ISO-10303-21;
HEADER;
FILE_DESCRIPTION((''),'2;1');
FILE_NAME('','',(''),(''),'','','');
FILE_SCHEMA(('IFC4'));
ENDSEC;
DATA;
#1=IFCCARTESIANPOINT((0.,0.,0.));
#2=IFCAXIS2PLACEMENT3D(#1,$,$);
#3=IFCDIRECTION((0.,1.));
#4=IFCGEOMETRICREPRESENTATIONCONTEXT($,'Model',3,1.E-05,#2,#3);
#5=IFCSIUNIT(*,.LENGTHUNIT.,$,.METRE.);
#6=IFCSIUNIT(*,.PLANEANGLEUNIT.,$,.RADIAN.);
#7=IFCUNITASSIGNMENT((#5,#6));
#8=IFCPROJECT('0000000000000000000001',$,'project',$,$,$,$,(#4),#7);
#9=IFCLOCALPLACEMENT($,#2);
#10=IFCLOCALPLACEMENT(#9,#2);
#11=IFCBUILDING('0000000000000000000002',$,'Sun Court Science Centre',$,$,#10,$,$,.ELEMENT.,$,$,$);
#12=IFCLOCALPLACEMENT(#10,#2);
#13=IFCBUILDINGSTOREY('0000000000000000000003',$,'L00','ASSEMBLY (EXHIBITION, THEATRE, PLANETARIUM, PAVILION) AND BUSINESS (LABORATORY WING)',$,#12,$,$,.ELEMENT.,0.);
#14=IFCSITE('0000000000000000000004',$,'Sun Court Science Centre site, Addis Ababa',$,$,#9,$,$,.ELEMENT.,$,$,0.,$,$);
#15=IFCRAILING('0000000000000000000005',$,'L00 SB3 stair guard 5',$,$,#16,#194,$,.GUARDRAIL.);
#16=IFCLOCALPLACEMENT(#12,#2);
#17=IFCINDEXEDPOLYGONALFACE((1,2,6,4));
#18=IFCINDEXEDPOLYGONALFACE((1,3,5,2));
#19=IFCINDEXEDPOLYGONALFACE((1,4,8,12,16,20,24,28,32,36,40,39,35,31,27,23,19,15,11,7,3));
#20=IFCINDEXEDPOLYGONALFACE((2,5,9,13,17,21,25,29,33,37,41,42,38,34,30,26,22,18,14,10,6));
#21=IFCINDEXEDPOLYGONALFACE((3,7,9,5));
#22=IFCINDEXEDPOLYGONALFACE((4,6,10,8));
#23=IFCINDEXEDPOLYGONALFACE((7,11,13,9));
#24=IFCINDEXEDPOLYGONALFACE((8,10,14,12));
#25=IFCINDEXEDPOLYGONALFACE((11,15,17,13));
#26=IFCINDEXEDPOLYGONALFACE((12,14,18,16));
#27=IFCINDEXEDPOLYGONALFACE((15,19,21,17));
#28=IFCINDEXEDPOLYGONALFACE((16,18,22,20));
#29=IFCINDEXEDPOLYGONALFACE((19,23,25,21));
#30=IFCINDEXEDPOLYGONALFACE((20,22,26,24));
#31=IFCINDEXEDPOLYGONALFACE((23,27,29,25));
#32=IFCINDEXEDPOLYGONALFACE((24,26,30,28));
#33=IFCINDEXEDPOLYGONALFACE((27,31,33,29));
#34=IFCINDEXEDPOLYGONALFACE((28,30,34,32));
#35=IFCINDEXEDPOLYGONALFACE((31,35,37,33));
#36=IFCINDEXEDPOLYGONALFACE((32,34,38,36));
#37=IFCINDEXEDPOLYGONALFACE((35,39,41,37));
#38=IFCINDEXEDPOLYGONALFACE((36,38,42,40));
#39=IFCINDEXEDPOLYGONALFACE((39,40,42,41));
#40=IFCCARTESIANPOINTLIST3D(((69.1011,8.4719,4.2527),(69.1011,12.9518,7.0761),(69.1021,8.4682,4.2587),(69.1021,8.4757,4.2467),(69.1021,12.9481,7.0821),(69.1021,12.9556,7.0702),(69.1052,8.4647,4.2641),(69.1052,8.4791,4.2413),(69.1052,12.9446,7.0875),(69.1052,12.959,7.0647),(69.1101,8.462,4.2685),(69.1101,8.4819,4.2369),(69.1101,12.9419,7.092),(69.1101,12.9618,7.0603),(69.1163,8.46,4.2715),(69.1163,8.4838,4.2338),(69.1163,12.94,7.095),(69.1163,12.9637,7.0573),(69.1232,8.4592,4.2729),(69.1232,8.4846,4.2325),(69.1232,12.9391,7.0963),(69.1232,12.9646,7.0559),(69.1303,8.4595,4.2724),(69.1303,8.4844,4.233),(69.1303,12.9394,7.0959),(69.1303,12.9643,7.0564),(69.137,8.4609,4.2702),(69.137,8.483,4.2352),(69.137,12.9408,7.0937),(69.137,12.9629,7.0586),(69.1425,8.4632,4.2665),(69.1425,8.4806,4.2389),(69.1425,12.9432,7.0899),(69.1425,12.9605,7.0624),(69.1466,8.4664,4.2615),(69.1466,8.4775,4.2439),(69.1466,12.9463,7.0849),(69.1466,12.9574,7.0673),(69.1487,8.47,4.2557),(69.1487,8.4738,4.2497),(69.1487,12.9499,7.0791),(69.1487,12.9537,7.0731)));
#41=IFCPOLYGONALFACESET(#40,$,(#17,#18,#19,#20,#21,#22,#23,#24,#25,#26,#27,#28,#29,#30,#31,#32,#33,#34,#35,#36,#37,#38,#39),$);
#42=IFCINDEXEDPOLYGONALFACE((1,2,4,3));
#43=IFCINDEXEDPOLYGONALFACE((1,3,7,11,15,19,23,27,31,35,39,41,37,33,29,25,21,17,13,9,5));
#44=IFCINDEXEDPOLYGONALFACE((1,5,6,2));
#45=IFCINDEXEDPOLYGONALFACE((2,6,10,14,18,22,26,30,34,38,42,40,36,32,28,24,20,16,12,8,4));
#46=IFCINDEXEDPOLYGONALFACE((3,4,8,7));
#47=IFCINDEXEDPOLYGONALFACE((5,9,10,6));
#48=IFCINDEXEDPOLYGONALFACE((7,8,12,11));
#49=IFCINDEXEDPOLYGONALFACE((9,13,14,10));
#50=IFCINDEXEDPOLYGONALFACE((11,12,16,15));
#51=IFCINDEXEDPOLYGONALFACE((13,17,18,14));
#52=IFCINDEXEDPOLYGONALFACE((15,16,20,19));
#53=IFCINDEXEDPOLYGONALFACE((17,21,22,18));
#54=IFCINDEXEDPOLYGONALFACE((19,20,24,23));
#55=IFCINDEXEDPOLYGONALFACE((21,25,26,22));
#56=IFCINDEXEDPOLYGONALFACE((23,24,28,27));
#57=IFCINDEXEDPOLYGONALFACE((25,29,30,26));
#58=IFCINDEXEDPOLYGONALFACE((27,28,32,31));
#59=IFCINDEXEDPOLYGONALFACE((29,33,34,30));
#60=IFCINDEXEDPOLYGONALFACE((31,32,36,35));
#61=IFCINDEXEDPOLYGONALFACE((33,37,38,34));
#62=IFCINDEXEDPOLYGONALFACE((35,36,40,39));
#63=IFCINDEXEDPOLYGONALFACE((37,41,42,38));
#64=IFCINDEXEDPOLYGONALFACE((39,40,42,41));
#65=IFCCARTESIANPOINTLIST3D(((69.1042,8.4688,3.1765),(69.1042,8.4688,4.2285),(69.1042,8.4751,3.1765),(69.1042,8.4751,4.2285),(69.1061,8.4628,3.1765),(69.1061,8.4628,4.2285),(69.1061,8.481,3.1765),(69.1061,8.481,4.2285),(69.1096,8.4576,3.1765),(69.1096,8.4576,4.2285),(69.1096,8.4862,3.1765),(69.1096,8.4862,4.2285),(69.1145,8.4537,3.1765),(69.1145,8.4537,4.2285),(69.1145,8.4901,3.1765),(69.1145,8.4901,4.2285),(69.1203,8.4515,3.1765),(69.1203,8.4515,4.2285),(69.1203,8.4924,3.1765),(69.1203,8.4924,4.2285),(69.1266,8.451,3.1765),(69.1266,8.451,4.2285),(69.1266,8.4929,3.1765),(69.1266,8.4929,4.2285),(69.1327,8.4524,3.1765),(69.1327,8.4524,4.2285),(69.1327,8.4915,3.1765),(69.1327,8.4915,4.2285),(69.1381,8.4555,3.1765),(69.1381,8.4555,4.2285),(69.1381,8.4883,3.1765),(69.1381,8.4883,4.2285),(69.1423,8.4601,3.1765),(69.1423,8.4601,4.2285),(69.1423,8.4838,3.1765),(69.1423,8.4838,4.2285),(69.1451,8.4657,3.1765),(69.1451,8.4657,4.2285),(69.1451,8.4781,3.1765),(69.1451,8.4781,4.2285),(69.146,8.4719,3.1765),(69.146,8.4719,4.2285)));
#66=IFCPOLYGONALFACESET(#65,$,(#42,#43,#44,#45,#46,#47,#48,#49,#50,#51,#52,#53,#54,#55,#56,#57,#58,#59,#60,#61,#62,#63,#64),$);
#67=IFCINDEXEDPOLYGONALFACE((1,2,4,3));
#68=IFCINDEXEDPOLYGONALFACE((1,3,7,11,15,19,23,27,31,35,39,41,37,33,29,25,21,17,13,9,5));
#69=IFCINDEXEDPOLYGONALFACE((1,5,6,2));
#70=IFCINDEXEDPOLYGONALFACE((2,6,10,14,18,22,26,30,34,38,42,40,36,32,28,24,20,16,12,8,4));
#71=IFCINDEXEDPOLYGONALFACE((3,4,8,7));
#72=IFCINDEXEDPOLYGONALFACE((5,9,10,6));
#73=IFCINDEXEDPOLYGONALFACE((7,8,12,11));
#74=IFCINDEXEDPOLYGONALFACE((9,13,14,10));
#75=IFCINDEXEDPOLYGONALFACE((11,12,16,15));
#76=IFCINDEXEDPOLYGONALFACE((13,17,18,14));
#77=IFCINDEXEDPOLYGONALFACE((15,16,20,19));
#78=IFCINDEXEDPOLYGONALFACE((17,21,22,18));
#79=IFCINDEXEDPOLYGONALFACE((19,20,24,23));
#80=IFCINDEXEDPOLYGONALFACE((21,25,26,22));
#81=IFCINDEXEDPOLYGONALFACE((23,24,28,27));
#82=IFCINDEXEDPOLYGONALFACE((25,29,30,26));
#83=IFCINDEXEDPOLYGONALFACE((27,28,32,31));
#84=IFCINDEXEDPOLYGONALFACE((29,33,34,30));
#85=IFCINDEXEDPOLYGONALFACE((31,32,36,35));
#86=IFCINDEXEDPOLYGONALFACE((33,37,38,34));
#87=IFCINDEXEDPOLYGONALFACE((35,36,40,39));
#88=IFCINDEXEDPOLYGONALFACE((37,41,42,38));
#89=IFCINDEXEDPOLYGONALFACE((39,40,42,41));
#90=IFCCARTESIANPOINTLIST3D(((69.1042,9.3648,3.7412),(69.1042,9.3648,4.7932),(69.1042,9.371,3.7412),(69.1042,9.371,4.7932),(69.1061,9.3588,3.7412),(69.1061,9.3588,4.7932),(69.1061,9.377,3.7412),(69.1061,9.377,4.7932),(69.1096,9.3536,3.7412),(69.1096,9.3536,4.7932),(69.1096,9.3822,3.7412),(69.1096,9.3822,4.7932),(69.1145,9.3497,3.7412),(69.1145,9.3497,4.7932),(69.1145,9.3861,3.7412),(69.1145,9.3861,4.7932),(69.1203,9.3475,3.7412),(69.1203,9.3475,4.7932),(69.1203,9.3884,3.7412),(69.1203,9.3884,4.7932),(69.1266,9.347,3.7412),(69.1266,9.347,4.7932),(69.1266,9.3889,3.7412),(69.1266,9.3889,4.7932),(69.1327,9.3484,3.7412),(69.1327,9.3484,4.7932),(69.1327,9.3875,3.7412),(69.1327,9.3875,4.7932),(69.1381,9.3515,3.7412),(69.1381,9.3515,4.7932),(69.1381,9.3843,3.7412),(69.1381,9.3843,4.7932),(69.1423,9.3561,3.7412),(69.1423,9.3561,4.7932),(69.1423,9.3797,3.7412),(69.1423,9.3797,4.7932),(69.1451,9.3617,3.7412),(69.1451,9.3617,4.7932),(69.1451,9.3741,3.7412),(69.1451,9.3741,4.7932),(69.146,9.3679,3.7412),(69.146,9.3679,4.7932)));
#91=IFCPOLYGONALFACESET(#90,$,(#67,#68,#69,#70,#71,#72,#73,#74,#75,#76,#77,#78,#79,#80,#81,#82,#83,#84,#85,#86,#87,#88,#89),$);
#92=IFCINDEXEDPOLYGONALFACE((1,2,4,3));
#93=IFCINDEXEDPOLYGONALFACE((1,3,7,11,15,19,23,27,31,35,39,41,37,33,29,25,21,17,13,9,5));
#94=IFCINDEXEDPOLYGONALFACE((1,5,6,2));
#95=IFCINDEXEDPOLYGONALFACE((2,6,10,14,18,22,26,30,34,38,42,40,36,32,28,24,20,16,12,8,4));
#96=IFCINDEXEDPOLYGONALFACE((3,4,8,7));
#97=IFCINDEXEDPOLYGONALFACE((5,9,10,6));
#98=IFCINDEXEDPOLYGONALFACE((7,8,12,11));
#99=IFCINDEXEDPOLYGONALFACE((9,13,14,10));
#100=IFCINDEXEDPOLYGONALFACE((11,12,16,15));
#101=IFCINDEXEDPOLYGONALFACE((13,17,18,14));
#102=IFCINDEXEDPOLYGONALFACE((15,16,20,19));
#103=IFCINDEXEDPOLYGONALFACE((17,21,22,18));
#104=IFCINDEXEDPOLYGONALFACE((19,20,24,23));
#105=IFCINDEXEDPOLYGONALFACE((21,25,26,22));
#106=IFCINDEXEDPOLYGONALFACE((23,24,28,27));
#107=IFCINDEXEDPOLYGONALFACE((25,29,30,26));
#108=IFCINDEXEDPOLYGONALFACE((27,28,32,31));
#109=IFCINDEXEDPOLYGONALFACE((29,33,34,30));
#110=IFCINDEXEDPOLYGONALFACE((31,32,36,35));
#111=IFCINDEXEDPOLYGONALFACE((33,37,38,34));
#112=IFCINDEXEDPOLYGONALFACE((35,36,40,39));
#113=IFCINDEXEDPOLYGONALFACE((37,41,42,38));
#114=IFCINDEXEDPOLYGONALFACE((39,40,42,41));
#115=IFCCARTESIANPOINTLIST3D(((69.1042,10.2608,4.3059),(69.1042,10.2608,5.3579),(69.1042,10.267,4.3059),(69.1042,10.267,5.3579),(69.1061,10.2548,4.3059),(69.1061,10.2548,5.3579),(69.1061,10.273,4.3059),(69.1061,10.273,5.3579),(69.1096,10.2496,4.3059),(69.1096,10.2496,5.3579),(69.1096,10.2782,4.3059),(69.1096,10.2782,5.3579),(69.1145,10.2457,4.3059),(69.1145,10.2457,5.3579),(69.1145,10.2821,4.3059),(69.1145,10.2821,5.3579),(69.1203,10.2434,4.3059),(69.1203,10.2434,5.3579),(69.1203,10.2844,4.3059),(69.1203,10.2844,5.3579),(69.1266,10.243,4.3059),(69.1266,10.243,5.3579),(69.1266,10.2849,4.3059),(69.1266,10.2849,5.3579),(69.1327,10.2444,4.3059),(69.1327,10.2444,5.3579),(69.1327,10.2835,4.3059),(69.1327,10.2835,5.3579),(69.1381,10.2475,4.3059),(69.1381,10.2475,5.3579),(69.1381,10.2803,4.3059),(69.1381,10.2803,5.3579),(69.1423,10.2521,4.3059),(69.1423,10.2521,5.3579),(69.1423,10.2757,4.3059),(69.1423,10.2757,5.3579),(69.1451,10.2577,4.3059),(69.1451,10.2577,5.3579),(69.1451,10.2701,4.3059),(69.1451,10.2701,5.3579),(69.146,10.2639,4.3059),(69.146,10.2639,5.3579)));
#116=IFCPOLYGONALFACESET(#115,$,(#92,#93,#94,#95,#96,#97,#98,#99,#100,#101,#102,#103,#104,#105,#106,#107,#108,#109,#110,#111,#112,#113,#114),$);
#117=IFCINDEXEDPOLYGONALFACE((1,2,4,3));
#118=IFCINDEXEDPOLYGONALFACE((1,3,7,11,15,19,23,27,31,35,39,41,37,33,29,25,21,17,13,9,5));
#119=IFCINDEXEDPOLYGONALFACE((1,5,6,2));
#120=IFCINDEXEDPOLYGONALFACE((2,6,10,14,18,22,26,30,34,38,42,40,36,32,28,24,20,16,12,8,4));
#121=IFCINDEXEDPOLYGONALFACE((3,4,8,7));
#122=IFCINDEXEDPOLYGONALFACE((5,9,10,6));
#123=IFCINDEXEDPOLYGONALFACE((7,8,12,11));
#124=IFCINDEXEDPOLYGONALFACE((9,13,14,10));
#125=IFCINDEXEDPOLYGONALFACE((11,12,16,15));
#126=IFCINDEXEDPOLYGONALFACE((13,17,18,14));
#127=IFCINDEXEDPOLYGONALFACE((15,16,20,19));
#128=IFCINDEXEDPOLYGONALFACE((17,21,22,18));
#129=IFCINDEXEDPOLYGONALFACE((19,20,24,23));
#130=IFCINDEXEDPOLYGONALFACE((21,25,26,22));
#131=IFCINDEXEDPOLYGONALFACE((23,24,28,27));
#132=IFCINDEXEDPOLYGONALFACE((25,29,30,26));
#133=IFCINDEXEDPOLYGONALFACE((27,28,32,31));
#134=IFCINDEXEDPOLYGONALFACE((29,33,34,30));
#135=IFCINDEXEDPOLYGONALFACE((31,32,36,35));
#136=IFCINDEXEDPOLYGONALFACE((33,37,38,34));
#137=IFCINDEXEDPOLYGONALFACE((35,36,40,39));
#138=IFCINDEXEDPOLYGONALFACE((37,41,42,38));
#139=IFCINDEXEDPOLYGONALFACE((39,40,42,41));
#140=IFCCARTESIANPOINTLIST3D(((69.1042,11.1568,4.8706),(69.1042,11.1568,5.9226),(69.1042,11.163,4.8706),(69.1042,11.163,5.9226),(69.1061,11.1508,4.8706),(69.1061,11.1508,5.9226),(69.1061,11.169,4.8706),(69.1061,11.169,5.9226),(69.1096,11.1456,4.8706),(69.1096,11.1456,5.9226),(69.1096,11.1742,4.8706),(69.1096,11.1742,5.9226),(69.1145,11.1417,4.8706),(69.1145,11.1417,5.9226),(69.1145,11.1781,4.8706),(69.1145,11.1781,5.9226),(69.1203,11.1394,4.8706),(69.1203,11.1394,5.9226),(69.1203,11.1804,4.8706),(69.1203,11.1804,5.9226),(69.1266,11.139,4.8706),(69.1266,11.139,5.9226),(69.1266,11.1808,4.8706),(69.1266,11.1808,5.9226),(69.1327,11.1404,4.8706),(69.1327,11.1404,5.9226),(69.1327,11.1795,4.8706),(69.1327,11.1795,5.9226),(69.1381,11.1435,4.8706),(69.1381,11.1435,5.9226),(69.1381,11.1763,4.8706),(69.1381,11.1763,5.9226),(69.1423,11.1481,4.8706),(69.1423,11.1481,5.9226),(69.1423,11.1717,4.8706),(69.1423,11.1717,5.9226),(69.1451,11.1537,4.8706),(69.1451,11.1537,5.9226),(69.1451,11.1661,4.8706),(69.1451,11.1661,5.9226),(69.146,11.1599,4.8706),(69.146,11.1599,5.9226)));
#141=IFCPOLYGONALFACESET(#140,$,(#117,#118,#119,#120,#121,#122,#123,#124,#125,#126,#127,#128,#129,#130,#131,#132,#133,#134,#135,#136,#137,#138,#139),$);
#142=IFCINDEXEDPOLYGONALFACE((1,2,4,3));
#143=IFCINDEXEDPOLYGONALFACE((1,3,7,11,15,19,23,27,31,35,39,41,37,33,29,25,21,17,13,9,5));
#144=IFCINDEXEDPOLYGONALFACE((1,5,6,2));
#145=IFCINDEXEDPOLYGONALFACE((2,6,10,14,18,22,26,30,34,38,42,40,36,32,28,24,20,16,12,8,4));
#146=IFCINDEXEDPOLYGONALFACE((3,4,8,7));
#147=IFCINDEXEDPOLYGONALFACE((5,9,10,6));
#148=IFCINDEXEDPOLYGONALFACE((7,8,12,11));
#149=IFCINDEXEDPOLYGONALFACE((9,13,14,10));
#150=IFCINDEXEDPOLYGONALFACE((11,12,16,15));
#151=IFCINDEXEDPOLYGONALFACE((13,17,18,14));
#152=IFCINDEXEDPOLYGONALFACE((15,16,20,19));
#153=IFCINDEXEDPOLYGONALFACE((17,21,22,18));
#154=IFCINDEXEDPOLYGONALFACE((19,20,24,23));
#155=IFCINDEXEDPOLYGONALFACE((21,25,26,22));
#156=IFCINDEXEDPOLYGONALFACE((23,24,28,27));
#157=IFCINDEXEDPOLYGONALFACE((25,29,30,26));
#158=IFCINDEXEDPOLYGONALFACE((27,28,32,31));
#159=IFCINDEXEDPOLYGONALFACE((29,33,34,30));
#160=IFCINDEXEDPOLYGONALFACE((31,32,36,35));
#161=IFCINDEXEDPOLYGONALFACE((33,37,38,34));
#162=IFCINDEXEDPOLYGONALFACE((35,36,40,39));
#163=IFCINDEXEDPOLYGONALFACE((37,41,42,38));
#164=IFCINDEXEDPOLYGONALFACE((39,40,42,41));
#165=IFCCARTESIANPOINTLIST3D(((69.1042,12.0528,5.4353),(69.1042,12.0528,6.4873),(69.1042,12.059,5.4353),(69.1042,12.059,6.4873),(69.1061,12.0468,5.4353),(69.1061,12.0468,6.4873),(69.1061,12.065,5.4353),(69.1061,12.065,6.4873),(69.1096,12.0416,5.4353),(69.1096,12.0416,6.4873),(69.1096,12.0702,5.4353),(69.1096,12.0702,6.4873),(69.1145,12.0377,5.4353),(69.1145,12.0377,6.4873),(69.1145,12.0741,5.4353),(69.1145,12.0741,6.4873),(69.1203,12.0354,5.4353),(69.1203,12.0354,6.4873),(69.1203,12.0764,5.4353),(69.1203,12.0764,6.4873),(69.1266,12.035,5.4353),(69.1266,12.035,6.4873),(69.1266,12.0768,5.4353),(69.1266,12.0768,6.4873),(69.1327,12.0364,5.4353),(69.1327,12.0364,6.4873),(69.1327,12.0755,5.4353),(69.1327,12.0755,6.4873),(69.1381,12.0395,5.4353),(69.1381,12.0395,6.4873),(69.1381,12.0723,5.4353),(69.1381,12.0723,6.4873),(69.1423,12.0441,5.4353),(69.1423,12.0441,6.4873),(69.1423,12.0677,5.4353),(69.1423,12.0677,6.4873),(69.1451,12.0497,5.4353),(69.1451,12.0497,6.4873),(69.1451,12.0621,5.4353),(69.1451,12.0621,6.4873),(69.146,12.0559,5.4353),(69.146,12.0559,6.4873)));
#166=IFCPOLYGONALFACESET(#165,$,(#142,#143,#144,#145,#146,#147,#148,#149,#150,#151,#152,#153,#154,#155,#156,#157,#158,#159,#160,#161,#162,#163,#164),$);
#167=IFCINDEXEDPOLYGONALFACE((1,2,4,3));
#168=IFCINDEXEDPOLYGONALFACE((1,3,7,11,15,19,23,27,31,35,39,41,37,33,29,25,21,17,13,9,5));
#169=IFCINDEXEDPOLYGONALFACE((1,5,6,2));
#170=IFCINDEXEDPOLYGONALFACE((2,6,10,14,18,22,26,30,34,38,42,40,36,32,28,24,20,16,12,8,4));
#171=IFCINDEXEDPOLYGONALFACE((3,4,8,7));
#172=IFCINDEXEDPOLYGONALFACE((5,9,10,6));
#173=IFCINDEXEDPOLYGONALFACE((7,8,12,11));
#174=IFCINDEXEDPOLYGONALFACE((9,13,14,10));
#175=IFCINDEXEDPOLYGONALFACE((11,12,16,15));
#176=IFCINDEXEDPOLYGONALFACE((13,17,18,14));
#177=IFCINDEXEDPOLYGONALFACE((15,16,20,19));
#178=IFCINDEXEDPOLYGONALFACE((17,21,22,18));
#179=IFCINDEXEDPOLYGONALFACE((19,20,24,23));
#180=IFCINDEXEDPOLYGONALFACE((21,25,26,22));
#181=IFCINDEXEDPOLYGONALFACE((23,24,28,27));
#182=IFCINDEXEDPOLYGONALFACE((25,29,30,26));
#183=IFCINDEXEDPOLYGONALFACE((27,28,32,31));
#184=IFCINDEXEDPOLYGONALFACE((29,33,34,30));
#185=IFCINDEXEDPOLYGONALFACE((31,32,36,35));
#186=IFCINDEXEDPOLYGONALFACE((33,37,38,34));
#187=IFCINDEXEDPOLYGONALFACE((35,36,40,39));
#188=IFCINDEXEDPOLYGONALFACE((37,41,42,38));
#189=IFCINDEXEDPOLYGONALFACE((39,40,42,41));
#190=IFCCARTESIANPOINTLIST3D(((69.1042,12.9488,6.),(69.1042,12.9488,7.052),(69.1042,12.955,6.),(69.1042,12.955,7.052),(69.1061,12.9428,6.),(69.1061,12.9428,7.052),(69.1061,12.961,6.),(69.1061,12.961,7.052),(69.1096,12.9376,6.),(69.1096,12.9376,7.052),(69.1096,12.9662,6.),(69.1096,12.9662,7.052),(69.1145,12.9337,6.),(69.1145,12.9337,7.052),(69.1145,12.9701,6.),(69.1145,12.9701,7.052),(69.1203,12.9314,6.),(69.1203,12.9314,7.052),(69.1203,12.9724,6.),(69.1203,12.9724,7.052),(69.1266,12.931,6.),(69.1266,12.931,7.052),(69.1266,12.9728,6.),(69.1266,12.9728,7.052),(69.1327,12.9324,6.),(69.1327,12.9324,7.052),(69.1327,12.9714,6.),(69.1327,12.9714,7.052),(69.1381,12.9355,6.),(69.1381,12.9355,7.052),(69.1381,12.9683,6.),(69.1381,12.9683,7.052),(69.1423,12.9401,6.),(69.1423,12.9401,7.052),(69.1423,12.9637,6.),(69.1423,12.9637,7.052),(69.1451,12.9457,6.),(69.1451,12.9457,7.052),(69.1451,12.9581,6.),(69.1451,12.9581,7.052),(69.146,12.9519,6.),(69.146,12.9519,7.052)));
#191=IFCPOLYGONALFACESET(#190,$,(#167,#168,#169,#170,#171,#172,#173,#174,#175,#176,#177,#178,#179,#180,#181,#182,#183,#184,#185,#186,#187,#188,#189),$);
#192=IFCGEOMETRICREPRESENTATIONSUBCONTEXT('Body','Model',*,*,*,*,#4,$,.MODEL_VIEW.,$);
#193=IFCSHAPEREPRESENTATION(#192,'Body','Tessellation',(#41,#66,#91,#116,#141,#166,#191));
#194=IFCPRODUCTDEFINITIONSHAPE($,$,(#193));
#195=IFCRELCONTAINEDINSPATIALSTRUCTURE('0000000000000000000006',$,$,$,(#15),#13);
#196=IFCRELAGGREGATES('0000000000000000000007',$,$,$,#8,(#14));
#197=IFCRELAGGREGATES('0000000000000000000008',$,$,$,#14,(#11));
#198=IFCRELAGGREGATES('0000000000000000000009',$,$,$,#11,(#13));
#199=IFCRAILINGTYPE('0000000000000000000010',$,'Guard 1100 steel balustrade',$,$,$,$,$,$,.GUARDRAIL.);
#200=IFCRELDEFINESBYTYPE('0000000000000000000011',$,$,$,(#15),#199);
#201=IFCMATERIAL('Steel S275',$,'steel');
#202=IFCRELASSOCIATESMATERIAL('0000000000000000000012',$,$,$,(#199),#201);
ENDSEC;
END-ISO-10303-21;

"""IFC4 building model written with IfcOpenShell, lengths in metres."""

from ifc_helpers import new_model, si_unit, direction, frame, origin, origin_2d, place, context, subcontext, project, spatial, circle, extrude, material, type_object, element, save


model = new_model("IFC4")

# Units and contexts
model_context = context("Model", 3, precision=1e-05, world=origin(), true_north=direction((0.0, 1.0)))
body_context = subcontext(model_context, "Body", "Model", "MODEL_VIEW")
ifc_project = project(units=[si_unit("LENGTHUNIT", "METRE"), si_unit("PLANEANGLEUNIT", "RADIAN")], contexts=[model_context])

# Site, building, storey
site_placement = place(None, origin())
site = spatial("IfcSite", under=ifc_project, at=site_placement, Name="Sun Court Science Centre site, Addis Ababa", CompositionType="ELEMENT", RefElevation=0.0)
building_placement = place(site_placement, origin())
building = spatial("IfcBuilding", under=site, at=building_placement, Name="Sun Court Science Centre", CompositionType="ELEMENT")
storey_placement = place(building_placement, origin())
storey = spatial("IfcBuildingStorey", under=building, at=storey_placement, Name="L00", Description="ASSEMBLY (EXHIBITION, THEATRE, PLANETARIUM, PAVILION) AND BUSINESS (LABORATORY WING)", CompositionType="ELEMENT", Elevation=0.0)

# Railing
ifc_material_1 = material(Name="Steel S275", Category="steel")
railing_type_1 = type_object("IfcRailingType", Name="Guard 1100 steel balustrade", PredefinedType="GUARDRAIL", material=ifc_material_1)
railing_1_placement = place(storey_placement, frame((69.125, 8.4719, 3.1765)))
element("IfcRailing", 1, at=railing_1_placement, inside=storey, type_object=railing_type_1, Name="L00 SB3 stair guard 5", PredefinedType="GUARDRAIL", context=body_context, shape_type="SweptSolid", body=[
    extrude(circle(Radius=0.0239, at=origin_2d()), frame((0.0, 0.0, 1.0762), z_axis=(0.0, 0.845998, 0.533186), x_axis=(-1.0, 0.0, 0.0)), (0.0, 0.0, 1.0), 5.2954),
    extrude(circle(Radius=0.021, at=origin_2d()), origin(), (0.0, 0.0, 1.0), 1.052),
    extrude(circle(Radius=0.021, at=origin_2d()), frame((0.0, 0.896, 0.5647)), (0.0, 0.0, 1.0), 1.052),
    extrude(circle(Radius=0.021, at=origin_2d()), frame((0.0, 1.792, 1.1294)), (0.0, 0.0, 1.0), 1.052),
    extrude(circle(Radius=0.021, at=origin_2d()), frame((0.0, 2.688, 1.6941)), (0.0, 0.0, 1.0), 1.052),
    extrude(circle(Radius=0.021, at=origin_2d()), frame((0.0, 3.584, 2.2588)), (0.0, 0.0, 1.0), 1.052),
    extrude(circle(Radius=0.021, at=origin_2d()), frame((0.0, 4.48, 2.8235)), (0.0, 0.0, 1.0), 1.052),
])

save(model, "model.ifc")
